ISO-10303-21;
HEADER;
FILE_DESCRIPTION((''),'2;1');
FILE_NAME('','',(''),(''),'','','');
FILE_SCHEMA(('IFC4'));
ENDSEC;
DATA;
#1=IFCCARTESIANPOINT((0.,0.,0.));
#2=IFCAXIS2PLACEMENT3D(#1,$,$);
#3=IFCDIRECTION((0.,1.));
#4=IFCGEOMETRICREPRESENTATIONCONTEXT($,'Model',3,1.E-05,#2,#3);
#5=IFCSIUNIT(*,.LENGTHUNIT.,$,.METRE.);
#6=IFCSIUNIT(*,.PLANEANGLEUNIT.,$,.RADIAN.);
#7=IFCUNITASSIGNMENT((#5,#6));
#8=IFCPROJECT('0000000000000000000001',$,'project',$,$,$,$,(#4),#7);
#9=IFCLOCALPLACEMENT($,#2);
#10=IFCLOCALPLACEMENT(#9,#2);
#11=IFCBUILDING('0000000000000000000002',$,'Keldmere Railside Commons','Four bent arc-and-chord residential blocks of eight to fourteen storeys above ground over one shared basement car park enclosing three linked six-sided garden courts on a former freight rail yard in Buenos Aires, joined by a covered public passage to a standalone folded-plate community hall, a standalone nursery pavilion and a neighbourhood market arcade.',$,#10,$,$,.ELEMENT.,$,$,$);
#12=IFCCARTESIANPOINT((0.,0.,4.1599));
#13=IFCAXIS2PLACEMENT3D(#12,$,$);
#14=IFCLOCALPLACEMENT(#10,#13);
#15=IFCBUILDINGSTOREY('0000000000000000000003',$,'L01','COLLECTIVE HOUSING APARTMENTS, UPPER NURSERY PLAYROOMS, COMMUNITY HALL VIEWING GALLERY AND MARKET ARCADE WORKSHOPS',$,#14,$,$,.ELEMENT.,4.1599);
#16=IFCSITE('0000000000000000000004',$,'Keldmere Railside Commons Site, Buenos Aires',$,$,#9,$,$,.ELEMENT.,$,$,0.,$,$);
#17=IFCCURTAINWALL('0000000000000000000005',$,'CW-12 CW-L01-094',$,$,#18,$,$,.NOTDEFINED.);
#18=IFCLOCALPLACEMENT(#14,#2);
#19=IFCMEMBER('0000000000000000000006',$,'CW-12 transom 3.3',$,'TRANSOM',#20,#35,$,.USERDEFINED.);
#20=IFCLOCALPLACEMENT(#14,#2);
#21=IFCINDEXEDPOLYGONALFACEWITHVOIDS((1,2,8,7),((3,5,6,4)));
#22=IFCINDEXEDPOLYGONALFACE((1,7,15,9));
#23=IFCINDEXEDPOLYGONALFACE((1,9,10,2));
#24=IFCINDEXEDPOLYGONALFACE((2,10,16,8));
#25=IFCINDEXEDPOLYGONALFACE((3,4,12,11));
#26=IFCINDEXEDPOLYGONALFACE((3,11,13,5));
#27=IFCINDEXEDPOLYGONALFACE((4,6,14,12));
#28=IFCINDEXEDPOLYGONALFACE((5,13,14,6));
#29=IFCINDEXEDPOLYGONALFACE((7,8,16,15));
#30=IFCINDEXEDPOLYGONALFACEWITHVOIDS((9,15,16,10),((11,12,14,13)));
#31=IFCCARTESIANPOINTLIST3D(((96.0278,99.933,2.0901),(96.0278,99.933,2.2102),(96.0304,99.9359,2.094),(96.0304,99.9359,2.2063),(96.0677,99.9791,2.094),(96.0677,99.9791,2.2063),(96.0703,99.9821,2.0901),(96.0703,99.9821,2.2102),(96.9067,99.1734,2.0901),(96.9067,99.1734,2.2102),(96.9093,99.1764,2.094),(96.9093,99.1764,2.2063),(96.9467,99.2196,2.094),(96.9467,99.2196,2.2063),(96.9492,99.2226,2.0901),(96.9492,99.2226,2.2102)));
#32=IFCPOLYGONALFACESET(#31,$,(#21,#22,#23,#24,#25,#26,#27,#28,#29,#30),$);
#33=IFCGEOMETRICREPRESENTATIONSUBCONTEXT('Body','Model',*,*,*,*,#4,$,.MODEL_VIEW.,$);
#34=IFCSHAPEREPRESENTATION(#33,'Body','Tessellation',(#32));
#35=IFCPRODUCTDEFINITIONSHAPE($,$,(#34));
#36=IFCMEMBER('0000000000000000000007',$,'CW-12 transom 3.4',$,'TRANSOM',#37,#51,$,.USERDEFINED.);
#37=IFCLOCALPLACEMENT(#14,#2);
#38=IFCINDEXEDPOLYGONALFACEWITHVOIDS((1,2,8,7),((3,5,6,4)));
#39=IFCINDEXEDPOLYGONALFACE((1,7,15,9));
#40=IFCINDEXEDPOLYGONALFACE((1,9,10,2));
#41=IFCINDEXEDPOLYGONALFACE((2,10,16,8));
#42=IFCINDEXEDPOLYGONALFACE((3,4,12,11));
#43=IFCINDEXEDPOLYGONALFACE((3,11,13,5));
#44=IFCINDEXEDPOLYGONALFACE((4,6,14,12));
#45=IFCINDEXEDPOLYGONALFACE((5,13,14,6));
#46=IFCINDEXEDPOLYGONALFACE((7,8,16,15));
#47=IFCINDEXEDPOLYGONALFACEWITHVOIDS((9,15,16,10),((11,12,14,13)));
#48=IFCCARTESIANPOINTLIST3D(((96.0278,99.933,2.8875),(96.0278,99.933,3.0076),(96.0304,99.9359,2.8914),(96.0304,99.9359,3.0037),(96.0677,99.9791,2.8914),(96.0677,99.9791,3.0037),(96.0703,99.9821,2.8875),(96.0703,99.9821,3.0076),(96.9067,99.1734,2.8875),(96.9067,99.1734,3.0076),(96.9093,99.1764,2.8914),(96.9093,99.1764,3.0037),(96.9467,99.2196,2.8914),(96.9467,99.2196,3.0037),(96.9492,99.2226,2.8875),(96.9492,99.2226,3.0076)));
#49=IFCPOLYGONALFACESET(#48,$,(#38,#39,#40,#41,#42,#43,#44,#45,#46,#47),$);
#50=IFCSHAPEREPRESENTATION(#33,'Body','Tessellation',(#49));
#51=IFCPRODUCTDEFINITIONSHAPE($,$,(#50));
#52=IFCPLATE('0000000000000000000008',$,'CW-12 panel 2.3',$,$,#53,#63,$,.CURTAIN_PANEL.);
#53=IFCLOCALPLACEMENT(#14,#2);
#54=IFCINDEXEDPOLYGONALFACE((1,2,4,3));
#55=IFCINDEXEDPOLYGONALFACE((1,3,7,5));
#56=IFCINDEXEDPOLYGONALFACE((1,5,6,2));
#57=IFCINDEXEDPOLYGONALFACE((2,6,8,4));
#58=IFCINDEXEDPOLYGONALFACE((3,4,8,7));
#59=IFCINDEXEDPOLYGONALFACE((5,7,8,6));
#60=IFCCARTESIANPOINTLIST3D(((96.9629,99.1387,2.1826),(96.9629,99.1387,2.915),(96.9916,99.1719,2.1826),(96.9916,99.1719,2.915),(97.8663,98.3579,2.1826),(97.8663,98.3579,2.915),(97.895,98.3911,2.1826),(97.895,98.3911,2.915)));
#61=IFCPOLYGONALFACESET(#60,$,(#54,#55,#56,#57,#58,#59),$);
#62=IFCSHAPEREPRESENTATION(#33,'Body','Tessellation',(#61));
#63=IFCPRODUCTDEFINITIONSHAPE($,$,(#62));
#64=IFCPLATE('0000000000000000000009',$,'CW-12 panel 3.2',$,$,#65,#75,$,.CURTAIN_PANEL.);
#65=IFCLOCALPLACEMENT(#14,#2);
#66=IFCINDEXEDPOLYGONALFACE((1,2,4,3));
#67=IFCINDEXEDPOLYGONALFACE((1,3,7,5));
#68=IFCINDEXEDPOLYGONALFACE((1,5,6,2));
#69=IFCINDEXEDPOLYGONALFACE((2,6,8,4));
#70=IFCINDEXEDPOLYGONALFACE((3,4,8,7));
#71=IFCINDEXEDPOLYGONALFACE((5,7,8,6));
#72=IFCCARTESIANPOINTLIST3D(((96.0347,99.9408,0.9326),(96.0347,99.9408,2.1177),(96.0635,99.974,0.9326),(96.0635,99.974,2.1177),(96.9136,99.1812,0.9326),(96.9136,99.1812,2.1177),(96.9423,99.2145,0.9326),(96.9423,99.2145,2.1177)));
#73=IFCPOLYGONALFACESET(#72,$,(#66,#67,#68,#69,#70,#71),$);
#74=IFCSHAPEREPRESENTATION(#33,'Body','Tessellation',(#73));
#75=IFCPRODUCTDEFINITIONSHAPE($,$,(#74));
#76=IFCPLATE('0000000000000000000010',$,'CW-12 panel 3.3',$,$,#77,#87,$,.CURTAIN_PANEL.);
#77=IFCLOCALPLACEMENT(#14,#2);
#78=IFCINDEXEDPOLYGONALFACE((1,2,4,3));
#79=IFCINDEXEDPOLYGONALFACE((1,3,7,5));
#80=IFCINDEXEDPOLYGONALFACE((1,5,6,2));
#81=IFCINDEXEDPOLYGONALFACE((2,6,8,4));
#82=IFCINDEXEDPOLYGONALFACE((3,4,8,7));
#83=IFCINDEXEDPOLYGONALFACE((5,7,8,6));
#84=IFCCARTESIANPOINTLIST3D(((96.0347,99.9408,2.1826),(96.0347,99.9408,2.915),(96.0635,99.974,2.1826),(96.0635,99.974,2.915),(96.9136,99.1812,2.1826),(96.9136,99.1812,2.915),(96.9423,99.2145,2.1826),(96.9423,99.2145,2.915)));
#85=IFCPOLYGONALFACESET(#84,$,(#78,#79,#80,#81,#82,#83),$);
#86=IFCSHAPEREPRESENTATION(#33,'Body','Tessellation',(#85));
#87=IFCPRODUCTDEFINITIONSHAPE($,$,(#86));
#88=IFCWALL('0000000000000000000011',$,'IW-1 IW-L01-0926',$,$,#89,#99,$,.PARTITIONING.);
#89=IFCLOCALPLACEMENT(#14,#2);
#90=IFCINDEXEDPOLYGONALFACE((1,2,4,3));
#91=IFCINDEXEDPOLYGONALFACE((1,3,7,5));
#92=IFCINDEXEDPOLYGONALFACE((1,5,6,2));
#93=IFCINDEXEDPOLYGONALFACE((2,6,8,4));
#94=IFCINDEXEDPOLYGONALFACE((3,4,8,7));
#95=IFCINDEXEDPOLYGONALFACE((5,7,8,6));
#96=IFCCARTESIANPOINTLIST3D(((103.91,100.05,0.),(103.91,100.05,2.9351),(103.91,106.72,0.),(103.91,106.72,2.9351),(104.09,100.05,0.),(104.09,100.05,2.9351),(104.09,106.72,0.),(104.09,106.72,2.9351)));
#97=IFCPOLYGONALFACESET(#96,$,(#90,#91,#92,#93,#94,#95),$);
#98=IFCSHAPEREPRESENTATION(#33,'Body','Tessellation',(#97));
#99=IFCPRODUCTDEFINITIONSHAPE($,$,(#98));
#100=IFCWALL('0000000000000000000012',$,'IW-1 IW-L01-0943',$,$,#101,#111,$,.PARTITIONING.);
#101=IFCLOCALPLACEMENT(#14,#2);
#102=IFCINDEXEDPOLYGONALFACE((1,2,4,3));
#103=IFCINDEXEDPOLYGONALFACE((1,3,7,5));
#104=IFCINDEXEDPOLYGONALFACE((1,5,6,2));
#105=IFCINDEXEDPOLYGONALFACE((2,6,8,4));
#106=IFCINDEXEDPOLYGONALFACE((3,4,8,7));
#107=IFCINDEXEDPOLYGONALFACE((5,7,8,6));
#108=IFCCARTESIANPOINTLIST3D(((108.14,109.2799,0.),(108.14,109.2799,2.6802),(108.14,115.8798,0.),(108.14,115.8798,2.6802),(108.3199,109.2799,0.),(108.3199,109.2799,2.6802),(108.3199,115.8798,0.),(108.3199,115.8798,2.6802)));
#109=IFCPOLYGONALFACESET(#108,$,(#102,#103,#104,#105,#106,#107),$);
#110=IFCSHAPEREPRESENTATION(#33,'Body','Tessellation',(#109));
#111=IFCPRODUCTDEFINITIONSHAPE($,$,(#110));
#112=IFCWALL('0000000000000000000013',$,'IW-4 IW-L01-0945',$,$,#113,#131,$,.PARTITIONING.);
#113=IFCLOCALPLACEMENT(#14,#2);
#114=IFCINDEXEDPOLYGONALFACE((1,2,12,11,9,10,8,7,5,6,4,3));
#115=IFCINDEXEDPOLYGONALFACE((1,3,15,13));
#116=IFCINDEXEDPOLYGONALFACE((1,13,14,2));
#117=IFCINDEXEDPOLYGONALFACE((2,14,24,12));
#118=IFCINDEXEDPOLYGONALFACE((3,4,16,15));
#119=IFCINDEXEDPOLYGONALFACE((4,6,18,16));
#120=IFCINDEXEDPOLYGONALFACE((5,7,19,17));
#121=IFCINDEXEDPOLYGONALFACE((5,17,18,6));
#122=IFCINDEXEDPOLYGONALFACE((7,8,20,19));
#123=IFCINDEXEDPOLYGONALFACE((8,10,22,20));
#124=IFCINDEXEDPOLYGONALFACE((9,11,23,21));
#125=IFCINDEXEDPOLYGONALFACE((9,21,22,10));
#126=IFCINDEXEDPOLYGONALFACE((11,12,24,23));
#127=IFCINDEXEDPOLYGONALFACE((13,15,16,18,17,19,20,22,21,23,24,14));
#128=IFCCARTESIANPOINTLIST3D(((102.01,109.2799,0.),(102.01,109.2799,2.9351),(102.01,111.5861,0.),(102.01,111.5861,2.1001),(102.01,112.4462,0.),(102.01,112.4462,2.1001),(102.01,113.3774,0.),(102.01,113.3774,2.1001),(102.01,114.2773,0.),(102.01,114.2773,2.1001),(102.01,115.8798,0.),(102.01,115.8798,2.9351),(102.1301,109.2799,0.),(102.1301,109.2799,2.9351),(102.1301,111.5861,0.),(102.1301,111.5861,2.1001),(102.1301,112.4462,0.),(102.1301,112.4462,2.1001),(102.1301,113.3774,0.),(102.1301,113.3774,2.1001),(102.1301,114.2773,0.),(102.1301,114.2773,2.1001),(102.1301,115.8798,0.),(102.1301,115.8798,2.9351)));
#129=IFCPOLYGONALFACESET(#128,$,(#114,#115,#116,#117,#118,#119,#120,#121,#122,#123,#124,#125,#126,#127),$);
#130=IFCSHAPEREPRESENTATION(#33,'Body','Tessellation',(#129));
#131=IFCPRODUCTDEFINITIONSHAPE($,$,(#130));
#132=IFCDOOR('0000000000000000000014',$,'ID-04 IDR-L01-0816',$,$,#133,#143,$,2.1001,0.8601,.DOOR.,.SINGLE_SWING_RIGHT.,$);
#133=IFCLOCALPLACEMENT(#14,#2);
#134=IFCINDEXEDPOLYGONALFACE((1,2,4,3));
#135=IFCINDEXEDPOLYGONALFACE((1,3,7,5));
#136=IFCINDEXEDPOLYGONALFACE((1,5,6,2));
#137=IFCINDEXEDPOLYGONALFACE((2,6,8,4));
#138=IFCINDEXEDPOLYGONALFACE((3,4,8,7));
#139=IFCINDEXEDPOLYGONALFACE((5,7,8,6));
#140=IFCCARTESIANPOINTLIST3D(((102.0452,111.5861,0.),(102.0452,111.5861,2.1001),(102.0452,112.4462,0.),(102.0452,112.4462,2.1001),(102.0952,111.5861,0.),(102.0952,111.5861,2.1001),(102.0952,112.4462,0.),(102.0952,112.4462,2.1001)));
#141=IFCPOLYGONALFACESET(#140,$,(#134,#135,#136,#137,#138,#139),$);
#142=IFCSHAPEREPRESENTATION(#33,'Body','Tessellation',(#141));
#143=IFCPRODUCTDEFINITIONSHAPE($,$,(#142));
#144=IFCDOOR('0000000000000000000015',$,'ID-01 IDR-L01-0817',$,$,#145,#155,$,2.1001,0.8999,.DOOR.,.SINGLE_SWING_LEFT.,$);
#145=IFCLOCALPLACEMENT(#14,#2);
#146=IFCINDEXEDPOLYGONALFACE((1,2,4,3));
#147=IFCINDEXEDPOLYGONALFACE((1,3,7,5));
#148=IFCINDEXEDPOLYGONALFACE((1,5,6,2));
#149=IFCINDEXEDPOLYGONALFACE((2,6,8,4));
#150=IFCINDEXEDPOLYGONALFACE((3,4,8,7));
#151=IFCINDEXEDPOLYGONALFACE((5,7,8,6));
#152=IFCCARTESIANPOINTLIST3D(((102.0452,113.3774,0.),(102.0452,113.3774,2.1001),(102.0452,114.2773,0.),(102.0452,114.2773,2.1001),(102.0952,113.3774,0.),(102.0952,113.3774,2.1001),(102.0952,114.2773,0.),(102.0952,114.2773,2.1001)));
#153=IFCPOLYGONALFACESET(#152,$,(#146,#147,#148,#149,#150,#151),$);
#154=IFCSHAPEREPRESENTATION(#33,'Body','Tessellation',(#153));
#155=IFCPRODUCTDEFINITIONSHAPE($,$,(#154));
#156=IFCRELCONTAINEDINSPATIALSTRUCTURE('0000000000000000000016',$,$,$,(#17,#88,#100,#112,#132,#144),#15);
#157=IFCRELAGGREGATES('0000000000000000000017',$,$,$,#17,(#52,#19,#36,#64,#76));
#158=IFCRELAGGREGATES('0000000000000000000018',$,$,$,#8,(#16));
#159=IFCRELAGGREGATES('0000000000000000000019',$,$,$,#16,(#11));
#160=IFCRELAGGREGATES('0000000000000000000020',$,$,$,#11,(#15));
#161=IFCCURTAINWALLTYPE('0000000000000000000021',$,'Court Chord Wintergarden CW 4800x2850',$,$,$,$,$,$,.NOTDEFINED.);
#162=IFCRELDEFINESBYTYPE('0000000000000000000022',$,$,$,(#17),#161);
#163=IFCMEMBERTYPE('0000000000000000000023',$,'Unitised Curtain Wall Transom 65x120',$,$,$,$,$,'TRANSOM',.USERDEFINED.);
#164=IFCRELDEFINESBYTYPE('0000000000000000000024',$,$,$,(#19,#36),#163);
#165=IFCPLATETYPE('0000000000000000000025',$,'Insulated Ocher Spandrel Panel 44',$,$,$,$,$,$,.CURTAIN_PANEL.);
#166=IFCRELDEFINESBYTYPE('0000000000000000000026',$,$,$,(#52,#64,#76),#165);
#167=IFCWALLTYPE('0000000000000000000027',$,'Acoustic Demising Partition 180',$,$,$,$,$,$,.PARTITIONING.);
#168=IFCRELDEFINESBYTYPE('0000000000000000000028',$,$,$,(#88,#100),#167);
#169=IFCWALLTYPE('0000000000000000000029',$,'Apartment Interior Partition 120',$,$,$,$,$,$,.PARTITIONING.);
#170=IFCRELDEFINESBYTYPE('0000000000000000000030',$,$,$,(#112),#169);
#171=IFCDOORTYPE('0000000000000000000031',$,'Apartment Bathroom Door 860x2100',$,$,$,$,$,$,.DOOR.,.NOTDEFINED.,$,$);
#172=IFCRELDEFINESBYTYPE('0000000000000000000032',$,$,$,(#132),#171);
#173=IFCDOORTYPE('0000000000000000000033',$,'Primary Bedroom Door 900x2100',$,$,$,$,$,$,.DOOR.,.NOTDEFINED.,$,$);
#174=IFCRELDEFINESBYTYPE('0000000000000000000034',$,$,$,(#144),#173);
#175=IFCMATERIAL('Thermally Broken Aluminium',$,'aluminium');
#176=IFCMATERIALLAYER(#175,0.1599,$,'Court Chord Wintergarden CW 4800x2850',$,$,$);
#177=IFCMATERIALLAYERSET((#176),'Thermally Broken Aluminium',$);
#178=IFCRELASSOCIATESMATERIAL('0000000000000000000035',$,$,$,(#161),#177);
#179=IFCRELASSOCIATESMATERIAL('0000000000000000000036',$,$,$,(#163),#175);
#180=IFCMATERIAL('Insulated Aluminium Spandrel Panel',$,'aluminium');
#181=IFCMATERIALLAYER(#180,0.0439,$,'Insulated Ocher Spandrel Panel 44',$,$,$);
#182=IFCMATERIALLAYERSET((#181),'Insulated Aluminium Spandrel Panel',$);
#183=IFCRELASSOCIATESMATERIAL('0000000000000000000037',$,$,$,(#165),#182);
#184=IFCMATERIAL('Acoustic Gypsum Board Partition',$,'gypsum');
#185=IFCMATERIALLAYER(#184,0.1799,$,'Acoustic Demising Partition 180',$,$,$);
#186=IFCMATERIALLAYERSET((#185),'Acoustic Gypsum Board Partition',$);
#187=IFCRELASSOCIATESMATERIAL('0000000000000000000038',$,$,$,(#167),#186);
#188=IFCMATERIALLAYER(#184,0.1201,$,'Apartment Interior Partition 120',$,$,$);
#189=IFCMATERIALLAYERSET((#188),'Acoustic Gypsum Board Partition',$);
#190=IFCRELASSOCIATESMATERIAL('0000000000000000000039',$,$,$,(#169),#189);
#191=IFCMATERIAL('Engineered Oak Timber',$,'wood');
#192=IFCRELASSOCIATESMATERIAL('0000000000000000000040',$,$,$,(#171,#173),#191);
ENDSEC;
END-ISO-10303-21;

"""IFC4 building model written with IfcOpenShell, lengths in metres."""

from ifc_helpers import new_model, si_unit, direction, frame, frame_2d, origin, origin_2d, place, context, subcontext, project, spatial, rectangle, hollow_rectangle, extrude, material, layer, layer_set, material_profile, profile_set, type_object, element, fill, aggregate, save


model = new_model("IFC4")

# Units and contexts
model_context = context("Model", 3, precision=1e-05, world=origin(), true_north=direction((0.0, 1.0)))
body_context = subcontext(model_context, "Body", "Model", "MODEL_VIEW")
ifc_project = project(units=[si_unit("LENGTHUNIT", "METRE"), si_unit("PLANEANGLEUNIT", "RADIAN")], contexts=[model_context])

# Site, building, storey
site_placement = place(None, origin())
site = spatial("IfcSite", under=ifc_project, at=site_placement, Name="Keldmere Railside Commons Site, Buenos Aires", CompositionType="ELEMENT", RefElevation=0.0)
building_placement = place(site_placement, origin())
building = spatial("IfcBuilding", under=site, at=building_placement, Name="Keldmere Railside Commons", Description="Four bent arc-and-chord residential blocks of eight to fourteen storeys above ground over one shared basement car park enclosing three linked six-sided garden courts on a former freight rail yard in Buenos Aires, joined by a covered public passage to a standalone folded-plate community hall, a standalone nursery pavilion and a neighbourhood market arcade.", CompositionType="ELEMENT")
storey_placement = place(building_placement, frame((0.0, 0.0, 4.1599)))
storey = spatial("IfcBuildingStorey", under=building, at=storey_placement, Name="L01", Description="COLLECTIVE HOUSING APARTMENTS, UPPER NURSERY PLAYROOMS, COMMUNITY HALL VIEWING GALLERY AND MARKET ARCADE WORKSHOPS", CompositionType="ELEMENT", Elevation=4.1599)

# Curtain wall, members, plates
ifc_material_1 = material(Name="Thermally Broken Aluminium", Category="aluminium")
ifc_layer_1 = layer(ifc_material_1, 0.1599, Name="Court Chord Wintergarden CW 4800x2850")
ifc_layer_set_1 = layer_set([ifc_layer_1], Name="Thermally Broken Aluminium")
curtain_wall_type = type_object("IfcCurtainWallType", Name="Court Chord Wintergarden CW 4800x2850", PredefinedType="NOTDEFINED", material=ifc_layer_set_1)
curtain_wall_placement = place(storey_placement, origin())
curtain_wall = element("IfcCurtainWall", 1, at=curtain_wall_placement, inside=storey, type_object=curtain_wall_type, Name="CW-12 CW-L01-094", PredefinedType="NOTDEFINED")
ifc_material_profile_1 = material_profile(ifc_material_1, hollow_rectangle(XDim=0.0649, YDim=0.1201, WallThickness=0.0039, at=origin_2d()), Name="ALU-TRAN-65x120")
ifc_profile_set_1 = profile_set([ifc_material_profile_1], Name="Thermally Broken Aluminium")
member_type_1 = type_object("IfcMemberType", Name="Unitised Curtain Wall Transom 65x120", ElementType="TRANSOM", PredefinedType="USERDEFINED", material=ifc_profile_set_1)
member_1_placement = place(storey_placement, frame((96.928, 99.198, 2.1501), z_axis=(-0.756624, 0.65385, 0.0), x_axis=(-0.65385, -0.756624, 0.0)))
member_1 = element("IfcMember", 2, at=member_1_placement, type_object=member_type_1, Name="CW-12 transom 3.3", ObjectType="TRANSOM", PredefinedType="USERDEFINED", context=body_context, shape_type="SweptSolid", body=[
    extrude(hollow_rectangle(XDim=0.0649, YDim=0.1201, WallThickness=0.0039, at=origin_2d()), origin(), (0.0, 0.0, 1.0), 1.1616),
])
member_2_placement = place(storey_placement, frame((96.928, 99.198, 2.9475), z_axis=(-0.756624, 0.65385, 0.0), x_axis=(-0.65385, -0.756624, 0.0)))
member_2 = element("IfcMember", 3, at=member_2_placement, type_object=member_type_1, Name="CW-12 transom 3.4", ObjectType="TRANSOM", PredefinedType="USERDEFINED", context=body_context, shape_type="SweptSolid", body=[
    extrude(hollow_rectangle(XDim=0.0649, YDim=0.1201, WallThickness=0.0039, at=origin_2d()), origin(), (0.0, 0.0, 1.0), 1.1616),
])
ifc_material_2 = material(Name="Insulated Aluminium Spandrel Panel", Category="aluminium")
ifc_layer_2 = layer(ifc_material_2, 0.0439, Name="Insulated Ocher Spandrel Panel 44")
ifc_layer_set_2 = layer_set([ifc_layer_2], Name="Insulated Aluminium Spandrel Panel")
plate_type = type_object("IfcPlateType", Name="Insulated Ocher Spandrel Panel 44", PredefinedType="CURTAIN_PANEL", material=ifc_layer_set_2)
plate_1_placement = place(storey_placement, frame((97.429, 98.7649, 2.1826), z_axis=(0.0, 0.0, 1.0), x_axis=(-0.756597, 0.653882, 0.0)))
plate_1 = element("IfcPlate", 4, at=plate_1_placement, type_object=plate_type, Name="CW-12 panel 2.3", PredefinedType="CURTAIN_PANEL", context=body_context, shape_type="SweptSolid", body=[
    extrude(rectangle(XDim=1.1941, YDim=0.0439, at=origin_2d()), origin(), (0.0, 0.0, 1.0), 0.7324),
])
plate_2_placement = place(storey_placement, frame((96.4885, 99.5776, 0.9326), z_axis=(0.0, 0.0, 1.0), x_axis=(-0.756597, 0.653882, 0.0)))
plate_2 = element("IfcPlate", 5, at=plate_2_placement, type_object=plate_type, Name="CW-12 panel 3.2", PredefinedType="CURTAIN_PANEL", context=body_context, shape_type="SweptSolid", body=[
    extrude(rectangle(XDim=1.1616, YDim=0.0439, at=origin_2d()), origin(), (0.0, 0.0, 1.0), 1.1851),
])
plate_3_placement = place(storey_placement, frame((96.4885, 99.5776, 2.1826), z_axis=(0.0, 0.0, 1.0), x_axis=(-0.756597, 0.653882, 0.0)))
plate_3 = element("IfcPlate", 6, at=plate_3_placement, type_object=plate_type, Name="CW-12 panel 3.3", PredefinedType="CURTAIN_PANEL", context=body_context, shape_type="SweptSolid", body=[
    extrude(rectangle(XDim=1.1616, YDim=0.0439, at=origin_2d()), origin(), (0.0, 0.0, 1.0), 0.7324),
])
aggregate(curtain_wall, [plate_1, member_1, member_2, plate_2, plate_3])

# Walls
ifc_material_3 = material(Name="Acoustic Gypsum Board Partition", Category="gypsum")
ifc_layer_3 = layer(ifc_material_3, 0.1799, Name="Acoustic Demising Partition 180")
ifc_layer_set_3 = layer_set([ifc_layer_3], Name="Acoustic Gypsum Board Partition")
wall_type_1 = type_object("IfcWallType", Name="Acoustic Demising Partition 180", PredefinedType="PARTITIONING", material=ifc_layer_set_3)
wall_1_placement = place(storey_placement, frame((104.0, 100.05, 0.0), z_axis=(0.0, 0.0, 1.0), x_axis=(0.0, 1.0, 0.0)))
element("IfcWall", 7, at=wall_1_placement, inside=storey, type_object=wall_type_1, Name="IW-1 IW-L01-0926", PredefinedType="PARTITIONING", context=body_context, shape_type="SweptSolid", body=[
    extrude(rectangle(XDim=6.6699, YDim=0.1799, at=frame_2d((3.335, 0.0))), origin(), (0.0, 0.0, 1.0), 2.9351),
])
wall_2_placement = place(storey_placement, frame((108.23, 109.28, 0.0), z_axis=(0.0, 0.0, 1.0), x_axis=(0.0, 1.0, 0.0)))
element("IfcWall", 8, at=wall_2_placement, inside=storey, type_object=wall_type_1, Name="IW-1 IW-L01-0943", PredefinedType="PARTITIONING", context=body_context, shape_type="SweptSolid", body=[
    extrude(rectangle(XDim=6.5999, YDim=0.1799, at=frame_2d((3.2998, 0.0))), origin(), (0.0, 0.0, 1.0), 2.6802),
])

# Wall, openings, doors
ifc_layer_4 = layer(ifc_material_3, 0.1201, Name="Apartment Interior Partition 120")
ifc_layer_set_4 = layer_set([ifc_layer_4], Name="Acoustic Gypsum Board Partition")
wall_type_2 = type_object("IfcWallType", Name="Apartment Interior Partition 120", PredefinedType="PARTITIONING", material=ifc_layer_set_4)
wall_3_placement = place(storey_placement, frame((102.0701, 109.28, 0.0), z_axis=(0.0, 0.0, 1.0), x_axis=(0.0, 1.0, 0.0)))
wall_3 = element("IfcWall", 9, at=wall_3_placement, inside=storey, type_object=wall_type_2, Name="IW-4 IW-L01-0945", PredefinedType="PARTITIONING", context=body_context, shape_type="SweptSolid", body=[
    extrude(rectangle(XDim=6.5999, YDim=0.1201, at=frame_2d((3.2998, 0.0))), origin(), (0.0, 0.0, 1.0), 2.9351),
])
opening_1_placement = place(wall_3_placement, frame((2.3059, 0.0, 0.0)))
opening_1 = element("IfcOpeningElement", 10, at=opening_1_placement, cuts=wall_3, PredefinedType="OPENING", context=body_context, shape_type="SweptSolid", body=[
    extrude(rectangle(XDim=0.8601, YDim=2.1001, at=frame_2d((0.4302, 1.05))), frame((0.0, 0.0701, 0.0), z_axis=(0.0, -1.0, 0.0), x_axis=(1.0, 0.0, 0.0)), (0.0, 0.0, 1.0), 0.1401),
])
opening_2_placement = place(wall_3_placement, frame((4.0974, 0.0, 0.0)))
opening_2 = element("IfcOpeningElement", 11, at=opening_2_placement, cuts=wall_3, PredefinedType="OPENING", context=body_context, shape_type="SweptSolid", body=[
    extrude(rectangle(XDim=0.8999, YDim=2.1001, at=frame_2d((0.45, 1.05))), frame((0.0, 0.0701, 0.0), z_axis=(0.0, -1.0, 0.0), x_axis=(1.0, 0.0, 0.0)), (0.0, 0.0, 1.0), 0.1401),
])
ifc_material_4 = material(Name="Engineered Oak Timber", Category="wood")
door_type_1 = type_object("IfcDoorType", Name="Apartment Bathroom Door 860x2100", OperationType="NOTDEFINED", PredefinedType="DOOR", material=ifc_material_4)
door_1_placement = place(opening_1_placement, origin())
door_1 = element("IfcDoor", 12, at=door_1_placement, inside=storey, type_object=door_type_1, Name="ID-04 IDR-L01-0816", OperationType="SINGLE_SWING_RIGHT", OverallHeight=2.1001, OverallWidth=0.8601, PredefinedType="DOOR", context=body_context, shape_type="SweptSolid", body=[
    extrude(rectangle(XDim=0.8601, YDim=2.1001, at=frame_2d((0.4302, 1.05))), frame((0.0, 0.0249, 0.0), z_axis=(0.0, -1.0, 0.0), x_axis=(1.0, 0.0, 0.0)), (0.0, 0.0, 1.0), 0.05),
])
fill(opening_1, door_1)
door_type_2 = type_object("IfcDoorType", Name="Primary Bedroom Door 900x2100", OperationType="NOTDEFINED", PredefinedType="DOOR", material=ifc_material_4)
door_2_placement = place(opening_2_placement, origin())
door_2 = element("IfcDoor", 13, at=door_2_placement, inside=storey, type_object=door_type_2, Name="ID-01 IDR-L01-0817", OperationType="SINGLE_SWING_LEFT", OverallHeight=2.1001, OverallWidth=0.8999, PredefinedType="DOOR", context=body_context, shape_type="SweptSolid", body=[
    extrude(rectangle(XDim=0.8999, YDim=2.1001, at=frame_2d((0.45, 1.05))), frame((0.0, 0.0249, 0.0), z_axis=(0.0, -1.0, 0.0), x_axis=(1.0, 0.0, 0.0)), (0.0, 0.0, 1.0), 0.05),
])
fill(opening_2, door_2)

save(model, "model.ifc")
